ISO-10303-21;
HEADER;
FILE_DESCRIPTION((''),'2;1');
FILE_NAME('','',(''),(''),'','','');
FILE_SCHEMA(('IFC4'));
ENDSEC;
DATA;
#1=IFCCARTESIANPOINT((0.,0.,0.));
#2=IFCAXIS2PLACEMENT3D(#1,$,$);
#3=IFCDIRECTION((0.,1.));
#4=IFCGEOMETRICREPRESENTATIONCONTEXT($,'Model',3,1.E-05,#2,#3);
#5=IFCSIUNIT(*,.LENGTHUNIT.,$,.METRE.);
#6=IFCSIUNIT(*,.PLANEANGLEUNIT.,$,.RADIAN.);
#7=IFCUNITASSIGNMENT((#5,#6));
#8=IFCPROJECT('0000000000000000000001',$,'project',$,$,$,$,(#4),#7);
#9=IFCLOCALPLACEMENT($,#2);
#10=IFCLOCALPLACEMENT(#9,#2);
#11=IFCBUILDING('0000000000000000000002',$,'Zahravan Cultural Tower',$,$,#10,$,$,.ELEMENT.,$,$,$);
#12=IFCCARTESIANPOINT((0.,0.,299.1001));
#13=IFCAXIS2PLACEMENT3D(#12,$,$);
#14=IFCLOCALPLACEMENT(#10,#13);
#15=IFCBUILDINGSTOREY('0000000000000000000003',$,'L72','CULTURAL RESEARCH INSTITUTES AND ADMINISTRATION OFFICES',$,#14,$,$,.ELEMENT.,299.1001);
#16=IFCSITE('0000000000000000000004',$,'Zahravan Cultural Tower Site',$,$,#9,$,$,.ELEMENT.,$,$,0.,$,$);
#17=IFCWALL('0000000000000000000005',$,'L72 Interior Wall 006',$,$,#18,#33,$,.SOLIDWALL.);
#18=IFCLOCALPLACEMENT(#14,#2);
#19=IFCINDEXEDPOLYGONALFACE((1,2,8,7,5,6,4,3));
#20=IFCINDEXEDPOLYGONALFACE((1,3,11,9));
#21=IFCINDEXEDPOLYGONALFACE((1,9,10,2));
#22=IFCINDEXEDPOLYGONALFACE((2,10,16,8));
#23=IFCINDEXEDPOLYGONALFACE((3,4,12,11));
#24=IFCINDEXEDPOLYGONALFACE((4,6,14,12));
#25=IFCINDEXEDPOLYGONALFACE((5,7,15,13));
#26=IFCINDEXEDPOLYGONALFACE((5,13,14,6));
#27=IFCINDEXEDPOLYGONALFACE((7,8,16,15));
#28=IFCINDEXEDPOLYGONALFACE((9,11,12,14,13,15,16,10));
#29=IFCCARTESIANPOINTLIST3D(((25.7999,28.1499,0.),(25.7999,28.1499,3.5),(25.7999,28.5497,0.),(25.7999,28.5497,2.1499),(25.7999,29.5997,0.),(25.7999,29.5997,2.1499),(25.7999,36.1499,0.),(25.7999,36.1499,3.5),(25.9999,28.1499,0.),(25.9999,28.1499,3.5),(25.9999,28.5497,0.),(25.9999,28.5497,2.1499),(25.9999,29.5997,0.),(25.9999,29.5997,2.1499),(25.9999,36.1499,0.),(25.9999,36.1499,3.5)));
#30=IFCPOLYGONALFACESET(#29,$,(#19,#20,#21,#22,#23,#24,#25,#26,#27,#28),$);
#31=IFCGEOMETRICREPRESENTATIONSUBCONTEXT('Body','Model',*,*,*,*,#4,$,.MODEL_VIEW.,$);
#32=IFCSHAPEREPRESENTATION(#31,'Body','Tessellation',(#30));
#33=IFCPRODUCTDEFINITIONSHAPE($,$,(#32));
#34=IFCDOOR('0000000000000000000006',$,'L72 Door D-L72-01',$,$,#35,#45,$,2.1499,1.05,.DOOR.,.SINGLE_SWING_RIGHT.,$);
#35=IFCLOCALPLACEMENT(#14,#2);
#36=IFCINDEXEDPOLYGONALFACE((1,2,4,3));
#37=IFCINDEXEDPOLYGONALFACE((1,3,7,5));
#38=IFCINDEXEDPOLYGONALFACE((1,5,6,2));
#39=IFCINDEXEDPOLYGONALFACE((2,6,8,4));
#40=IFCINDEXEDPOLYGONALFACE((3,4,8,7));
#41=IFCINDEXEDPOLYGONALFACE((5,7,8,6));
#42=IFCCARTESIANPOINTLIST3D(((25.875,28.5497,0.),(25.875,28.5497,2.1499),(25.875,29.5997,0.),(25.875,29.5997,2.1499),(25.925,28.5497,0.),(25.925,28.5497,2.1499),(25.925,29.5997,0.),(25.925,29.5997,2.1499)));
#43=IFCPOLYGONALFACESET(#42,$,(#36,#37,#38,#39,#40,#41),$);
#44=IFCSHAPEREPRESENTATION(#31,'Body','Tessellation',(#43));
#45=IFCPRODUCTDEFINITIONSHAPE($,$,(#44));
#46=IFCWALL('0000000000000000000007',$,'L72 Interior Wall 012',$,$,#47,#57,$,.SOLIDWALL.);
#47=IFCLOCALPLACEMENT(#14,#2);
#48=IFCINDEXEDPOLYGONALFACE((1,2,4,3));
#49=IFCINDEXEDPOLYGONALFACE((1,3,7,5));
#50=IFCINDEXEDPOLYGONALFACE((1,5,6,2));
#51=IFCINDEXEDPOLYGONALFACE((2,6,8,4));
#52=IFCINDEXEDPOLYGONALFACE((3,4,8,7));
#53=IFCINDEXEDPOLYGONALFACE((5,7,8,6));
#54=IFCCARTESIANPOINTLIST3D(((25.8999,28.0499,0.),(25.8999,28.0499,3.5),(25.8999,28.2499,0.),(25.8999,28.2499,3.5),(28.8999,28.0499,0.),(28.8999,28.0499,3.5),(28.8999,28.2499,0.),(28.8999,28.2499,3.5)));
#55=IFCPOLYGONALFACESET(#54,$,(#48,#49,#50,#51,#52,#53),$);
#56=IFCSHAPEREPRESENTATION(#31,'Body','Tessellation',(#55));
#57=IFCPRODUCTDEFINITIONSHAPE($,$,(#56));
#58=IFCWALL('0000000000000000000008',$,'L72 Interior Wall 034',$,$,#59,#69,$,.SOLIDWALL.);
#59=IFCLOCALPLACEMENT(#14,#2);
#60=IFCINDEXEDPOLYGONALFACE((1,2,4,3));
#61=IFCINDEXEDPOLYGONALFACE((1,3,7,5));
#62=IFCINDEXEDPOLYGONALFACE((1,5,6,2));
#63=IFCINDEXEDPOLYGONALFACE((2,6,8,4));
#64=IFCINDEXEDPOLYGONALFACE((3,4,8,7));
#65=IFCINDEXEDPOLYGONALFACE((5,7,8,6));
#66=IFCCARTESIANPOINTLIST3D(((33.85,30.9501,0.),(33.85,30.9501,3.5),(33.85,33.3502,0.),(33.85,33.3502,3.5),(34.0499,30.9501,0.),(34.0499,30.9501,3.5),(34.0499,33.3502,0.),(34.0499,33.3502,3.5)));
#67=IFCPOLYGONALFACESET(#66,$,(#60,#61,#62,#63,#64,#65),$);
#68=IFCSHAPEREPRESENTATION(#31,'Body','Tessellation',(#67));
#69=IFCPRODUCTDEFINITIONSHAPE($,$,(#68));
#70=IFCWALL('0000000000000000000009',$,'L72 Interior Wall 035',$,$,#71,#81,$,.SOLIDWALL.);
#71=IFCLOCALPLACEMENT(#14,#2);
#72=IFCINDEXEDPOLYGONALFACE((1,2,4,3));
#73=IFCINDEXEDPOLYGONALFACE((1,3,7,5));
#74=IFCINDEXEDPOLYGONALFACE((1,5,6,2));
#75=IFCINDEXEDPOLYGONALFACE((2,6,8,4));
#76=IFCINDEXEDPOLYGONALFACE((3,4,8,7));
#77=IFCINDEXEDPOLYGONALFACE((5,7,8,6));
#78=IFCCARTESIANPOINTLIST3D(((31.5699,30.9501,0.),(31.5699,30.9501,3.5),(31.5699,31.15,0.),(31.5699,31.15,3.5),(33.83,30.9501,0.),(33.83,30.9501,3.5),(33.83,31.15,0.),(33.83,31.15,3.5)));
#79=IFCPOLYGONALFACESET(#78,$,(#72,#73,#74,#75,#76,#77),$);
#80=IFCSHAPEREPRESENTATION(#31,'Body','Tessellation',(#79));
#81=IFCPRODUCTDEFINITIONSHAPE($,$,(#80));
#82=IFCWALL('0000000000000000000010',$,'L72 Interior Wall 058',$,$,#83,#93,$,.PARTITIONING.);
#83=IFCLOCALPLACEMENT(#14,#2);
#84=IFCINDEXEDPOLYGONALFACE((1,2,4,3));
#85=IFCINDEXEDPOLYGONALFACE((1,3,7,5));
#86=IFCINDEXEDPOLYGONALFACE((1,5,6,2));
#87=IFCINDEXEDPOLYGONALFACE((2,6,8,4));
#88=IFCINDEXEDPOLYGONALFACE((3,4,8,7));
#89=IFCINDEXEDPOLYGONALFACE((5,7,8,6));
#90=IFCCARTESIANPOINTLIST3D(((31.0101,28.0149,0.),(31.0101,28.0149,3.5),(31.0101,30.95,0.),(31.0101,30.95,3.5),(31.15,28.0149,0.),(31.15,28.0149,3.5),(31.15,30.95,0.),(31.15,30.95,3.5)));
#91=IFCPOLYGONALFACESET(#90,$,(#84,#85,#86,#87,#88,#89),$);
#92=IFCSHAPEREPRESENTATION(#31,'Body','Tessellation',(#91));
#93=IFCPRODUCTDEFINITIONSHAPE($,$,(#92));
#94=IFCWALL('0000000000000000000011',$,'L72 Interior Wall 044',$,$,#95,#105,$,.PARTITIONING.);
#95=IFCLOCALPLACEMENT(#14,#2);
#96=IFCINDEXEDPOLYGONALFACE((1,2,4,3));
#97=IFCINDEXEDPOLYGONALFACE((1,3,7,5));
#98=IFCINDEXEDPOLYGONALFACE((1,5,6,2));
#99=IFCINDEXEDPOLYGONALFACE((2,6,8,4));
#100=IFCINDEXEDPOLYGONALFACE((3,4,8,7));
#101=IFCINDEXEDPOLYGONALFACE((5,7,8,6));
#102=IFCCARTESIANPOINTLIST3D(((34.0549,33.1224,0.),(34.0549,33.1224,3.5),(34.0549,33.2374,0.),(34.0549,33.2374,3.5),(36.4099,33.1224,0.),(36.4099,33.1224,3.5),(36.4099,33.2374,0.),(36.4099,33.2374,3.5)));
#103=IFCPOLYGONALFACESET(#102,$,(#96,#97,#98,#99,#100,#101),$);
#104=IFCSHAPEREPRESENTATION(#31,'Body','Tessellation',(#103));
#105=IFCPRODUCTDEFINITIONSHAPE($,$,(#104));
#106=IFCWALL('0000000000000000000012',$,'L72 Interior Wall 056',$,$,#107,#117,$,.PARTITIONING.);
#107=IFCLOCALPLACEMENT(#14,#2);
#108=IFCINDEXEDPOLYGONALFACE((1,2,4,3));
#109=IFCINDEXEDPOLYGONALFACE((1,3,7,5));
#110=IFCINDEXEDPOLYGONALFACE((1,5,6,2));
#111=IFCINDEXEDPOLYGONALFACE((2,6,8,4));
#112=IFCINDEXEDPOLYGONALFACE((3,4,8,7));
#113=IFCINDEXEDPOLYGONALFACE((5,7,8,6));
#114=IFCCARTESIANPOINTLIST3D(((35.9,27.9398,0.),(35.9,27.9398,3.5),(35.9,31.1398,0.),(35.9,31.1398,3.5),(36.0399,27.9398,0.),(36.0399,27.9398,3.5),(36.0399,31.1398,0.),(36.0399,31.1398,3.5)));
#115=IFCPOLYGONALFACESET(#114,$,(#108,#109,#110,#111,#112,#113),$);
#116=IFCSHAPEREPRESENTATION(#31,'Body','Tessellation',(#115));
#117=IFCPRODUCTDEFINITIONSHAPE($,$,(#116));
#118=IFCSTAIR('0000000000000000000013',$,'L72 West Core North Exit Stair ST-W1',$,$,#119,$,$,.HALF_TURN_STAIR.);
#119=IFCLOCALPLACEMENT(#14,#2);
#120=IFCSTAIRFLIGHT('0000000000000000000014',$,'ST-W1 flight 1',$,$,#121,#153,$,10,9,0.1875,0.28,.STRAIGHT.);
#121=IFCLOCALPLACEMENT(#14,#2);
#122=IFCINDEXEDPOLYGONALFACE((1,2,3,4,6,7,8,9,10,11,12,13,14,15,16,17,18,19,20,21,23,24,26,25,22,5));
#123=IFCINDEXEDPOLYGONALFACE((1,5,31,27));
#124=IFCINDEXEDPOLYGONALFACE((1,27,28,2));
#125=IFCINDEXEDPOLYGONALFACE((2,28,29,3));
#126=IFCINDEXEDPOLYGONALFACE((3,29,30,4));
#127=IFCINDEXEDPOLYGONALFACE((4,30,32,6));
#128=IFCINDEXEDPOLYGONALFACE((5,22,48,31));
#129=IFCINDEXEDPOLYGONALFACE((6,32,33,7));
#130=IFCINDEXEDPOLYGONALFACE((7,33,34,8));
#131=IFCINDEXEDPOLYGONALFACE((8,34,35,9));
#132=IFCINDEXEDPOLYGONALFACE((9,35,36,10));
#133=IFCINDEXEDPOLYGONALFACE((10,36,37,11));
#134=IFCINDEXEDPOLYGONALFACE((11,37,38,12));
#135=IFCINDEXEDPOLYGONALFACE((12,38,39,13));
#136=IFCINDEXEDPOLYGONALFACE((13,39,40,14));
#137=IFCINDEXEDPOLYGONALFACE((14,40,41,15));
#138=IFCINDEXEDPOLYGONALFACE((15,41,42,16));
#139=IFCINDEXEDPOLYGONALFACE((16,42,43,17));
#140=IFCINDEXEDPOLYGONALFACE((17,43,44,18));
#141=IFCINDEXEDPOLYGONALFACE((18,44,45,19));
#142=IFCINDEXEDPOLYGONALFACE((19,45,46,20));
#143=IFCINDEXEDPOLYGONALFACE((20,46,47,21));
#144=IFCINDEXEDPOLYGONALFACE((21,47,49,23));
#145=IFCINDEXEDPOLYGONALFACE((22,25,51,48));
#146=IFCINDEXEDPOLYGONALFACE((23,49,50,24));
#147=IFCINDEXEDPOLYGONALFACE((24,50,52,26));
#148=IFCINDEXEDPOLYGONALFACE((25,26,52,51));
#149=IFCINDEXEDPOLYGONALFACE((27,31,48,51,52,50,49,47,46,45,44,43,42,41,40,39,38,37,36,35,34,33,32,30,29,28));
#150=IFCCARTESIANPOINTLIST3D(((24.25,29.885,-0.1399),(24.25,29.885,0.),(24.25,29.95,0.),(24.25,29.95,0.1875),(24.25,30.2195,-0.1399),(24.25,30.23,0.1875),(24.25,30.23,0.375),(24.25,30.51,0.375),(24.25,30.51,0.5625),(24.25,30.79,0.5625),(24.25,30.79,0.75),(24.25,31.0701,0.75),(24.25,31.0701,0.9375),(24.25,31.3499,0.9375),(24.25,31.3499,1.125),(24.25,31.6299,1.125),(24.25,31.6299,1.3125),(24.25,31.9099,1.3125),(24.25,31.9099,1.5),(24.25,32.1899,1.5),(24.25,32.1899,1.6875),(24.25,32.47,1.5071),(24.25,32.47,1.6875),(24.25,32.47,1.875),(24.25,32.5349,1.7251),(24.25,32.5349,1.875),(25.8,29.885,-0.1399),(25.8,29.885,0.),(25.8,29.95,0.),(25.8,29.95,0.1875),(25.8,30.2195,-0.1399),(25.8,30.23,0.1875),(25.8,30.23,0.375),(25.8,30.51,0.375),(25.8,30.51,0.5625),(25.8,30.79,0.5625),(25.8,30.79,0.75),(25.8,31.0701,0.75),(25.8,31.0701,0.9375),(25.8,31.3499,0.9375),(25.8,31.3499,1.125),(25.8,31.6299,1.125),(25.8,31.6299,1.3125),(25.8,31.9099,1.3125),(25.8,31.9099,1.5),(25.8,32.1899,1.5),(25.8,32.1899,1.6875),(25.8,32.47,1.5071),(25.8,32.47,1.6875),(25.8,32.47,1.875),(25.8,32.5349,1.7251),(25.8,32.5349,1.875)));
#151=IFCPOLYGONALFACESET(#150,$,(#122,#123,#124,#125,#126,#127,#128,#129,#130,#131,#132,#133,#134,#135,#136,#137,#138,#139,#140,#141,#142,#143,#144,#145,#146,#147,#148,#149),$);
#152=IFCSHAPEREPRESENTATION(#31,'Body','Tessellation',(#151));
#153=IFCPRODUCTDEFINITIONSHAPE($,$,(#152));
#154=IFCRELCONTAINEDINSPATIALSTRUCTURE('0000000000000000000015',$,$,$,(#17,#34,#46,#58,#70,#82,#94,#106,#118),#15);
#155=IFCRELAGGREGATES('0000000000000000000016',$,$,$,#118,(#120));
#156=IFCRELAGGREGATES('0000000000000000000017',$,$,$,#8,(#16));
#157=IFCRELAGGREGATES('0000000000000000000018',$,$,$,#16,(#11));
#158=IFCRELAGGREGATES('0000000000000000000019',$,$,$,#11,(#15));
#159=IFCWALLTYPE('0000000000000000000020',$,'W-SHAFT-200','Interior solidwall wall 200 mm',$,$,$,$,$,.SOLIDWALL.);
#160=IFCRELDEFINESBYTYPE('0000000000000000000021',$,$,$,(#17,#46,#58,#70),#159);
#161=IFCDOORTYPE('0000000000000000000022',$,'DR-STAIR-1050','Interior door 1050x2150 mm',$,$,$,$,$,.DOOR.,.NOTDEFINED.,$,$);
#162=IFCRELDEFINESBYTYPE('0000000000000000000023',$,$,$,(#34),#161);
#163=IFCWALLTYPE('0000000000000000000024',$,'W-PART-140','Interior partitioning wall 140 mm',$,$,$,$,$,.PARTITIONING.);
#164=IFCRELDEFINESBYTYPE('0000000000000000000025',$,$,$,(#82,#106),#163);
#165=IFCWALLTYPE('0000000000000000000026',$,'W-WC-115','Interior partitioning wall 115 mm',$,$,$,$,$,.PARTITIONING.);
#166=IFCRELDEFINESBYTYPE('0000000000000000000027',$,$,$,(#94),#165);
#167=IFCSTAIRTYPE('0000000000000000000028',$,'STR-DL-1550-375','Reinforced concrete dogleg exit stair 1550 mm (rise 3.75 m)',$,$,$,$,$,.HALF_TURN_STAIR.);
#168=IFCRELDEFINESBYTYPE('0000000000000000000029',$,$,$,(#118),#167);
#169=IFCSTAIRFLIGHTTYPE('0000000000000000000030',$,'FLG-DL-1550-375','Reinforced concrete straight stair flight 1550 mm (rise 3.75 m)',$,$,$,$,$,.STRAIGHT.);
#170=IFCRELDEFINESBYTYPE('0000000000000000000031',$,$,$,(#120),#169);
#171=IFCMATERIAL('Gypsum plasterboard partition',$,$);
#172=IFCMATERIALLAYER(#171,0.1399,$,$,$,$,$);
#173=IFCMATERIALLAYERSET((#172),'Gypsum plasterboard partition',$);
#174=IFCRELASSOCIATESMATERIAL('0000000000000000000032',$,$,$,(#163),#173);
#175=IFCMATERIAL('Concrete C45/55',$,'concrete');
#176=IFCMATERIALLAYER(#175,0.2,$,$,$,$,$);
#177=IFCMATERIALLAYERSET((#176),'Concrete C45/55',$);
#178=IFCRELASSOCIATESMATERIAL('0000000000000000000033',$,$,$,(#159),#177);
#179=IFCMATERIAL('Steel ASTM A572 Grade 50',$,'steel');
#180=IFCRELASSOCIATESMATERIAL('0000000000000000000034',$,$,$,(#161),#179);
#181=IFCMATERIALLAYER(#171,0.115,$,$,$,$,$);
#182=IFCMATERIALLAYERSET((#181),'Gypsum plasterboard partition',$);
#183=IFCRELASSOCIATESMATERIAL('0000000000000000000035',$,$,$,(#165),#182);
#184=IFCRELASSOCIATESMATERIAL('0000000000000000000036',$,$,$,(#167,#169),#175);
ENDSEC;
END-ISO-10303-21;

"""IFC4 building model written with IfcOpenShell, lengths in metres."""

from ifc_helpers import new_model, si_unit, direction, frame, frame_2d, origin, place, context, subcontext, project, spatial, polyline, rectangle, outline, extrude, source, transform, mapped, material, layer, layer_set, type_object, element, fill, aggregate, save


model = new_model("IFC4")

# Units and contexts
model_context = context("Model", 3, precision=1e-05, world=origin(), true_north=direction((0.0, 1.0)))
body_context = subcontext(model_context, "Body", "Model", "MODEL_VIEW")
ifc_project = project(units=[si_unit("LENGTHUNIT", "METRE"), si_unit("PLANEANGLEUNIT", "RADIAN")], contexts=[model_context])

# Site, building, storey
site_placement = place(None, origin())
site = spatial("IfcSite", under=ifc_project, at=site_placement, Name="Zahravan Cultural Tower Site", CompositionType="ELEMENT", RefElevation=0.0)
building_placement = place(site_placement, origin())
building = spatial("IfcBuilding", under=site, at=building_placement, Name="Zahravan Cultural Tower", CompositionType="ELEMENT")
storey_placement = place(building_placement, frame((0.0, 0.0, 299.1001)))
storey = spatial("IfcBuildingStorey", under=building, at=storey_placement, Name="L72", Description="CULTURAL RESEARCH INSTITUTES AND ADMINISTRATION OFFICES", CompositionType="ELEMENT", Elevation=299.1001)

# Wall, opening, door
ifc_material_1 = material(Name="Steel ASTM A572 Grade 50", Category="steel")
ifc_material_2 = material(Name="Gypsum plasterboard partition")
ifc_layer_1 = layer(ifc_material_2, 0.1399)
ifc_layer_set_1 = layer_set([ifc_layer_1], Name="Gypsum plasterboard partition")
wall_type_1 = type_object("IfcWallType", Name="W-PART-140", Description="Interior partitioning wall 140 mm", PredefinedType="PARTITIONING", material=ifc_layer_set_1)
ifc_material_3 = material(Name="Concrete C45/55", Category="concrete")
ifc_layer_2 = layer(ifc_material_3, 0.2)
ifc_layer_set_2 = layer_set([ifc_layer_2], Name="Concrete C45/55")
wall_type_2 = type_object("IfcWallType", Name="W-SHAFT-200", Description="Interior solidwall wall 200 mm", PredefinedType="SOLIDWALL", material=ifc_layer_set_2)
wall_1_placement = place(storey_placement, frame((25.8999, 28.1499, 0.0), z_axis=(0.0, 0.0, 1.0), x_axis=(0.0, 1.0, 0.0)))
wall_1 = element("IfcWall", 1, at=wall_1_placement, inside=storey, type_object=wall_type_2, Name="L72 Interior Wall 006", PredefinedType="SOLIDWALL", context=body_context, shape_type="SweptSolid", body=[
    extrude(rectangle(XDim=8.0, YDim=0.2, at=frame_2d((4.0, 0.0))), origin(), (0.0, 0.0, 1.0), 3.5),
])
opening_1_placement = place(wall_1_placement, frame((0.3999, 0.0, 0.0)))
opening_1 = element("IfcOpeningElement", 2, at=opening_1_placement, cuts=wall_1, PredefinedType="OPENING", context=body_context, shape_type="SweptSolid", body=[
    extrude(rectangle(XDim=1.05, YDim=2.1499, at=frame_2d((0.5249, 1.075))), frame((0.0, 0.1099, 0.0), z_axis=(0.0, -1.0, 0.0), x_axis=(1.0, 0.0, 0.0)), (0.0, 0.0, 1.0), 0.22),
])
door_type_1 = type_object("IfcDoorType", Name="DR-STAIR-1050", Description="Interior door 1050x2150 mm", OperationType="NOTDEFINED", PredefinedType="DOOR", material=ifc_material_1)
shared_shape_1 = source(origin(), body_context, "Body", "SweptSolid", [
    extrude(rectangle(XDim=1.05, YDim=2.1499, at=frame_2d((0.5249, 1.075))), frame((0.0, 0.0249, 0.0), z_axis=(0.0, -1.0, 0.0), x_axis=(1.0, 0.0, 0.0)), (0.0, 0.0, 1.0), 0.05),
])
door_1_placement = place(opening_1_placement, origin())
door_1 = element("IfcDoor", 3, at=door_1_placement, inside=storey, type_object=door_type_1, Name="L72 Door D-L72-01", OperationType="SINGLE_SWING_RIGHT", OverallHeight=2.1499, OverallWidth=1.05, PredefinedType="DOOR", context=body_context, shape_type="MappedRepresentation", body=[
    mapped(shared_shape_1, transform((0.0, 0.0, 0.0), x_axis=(1.0, 0.0, 0.0), y_axis=(0.0, 1.0, 0.0), z_axis=(0.0, 0.0, 1.0), scale=1.0)),
])
fill(opening_1, door_1)

# Walls
shared_shape_2 = source(origin(), body_context, "Body", "SweptSolid", [
    extrude(rectangle(XDim=3.0, YDim=0.2, at=frame_2d((1.5, 0.0))), origin(), (0.0, 0.0, 1.0), 3.5),
])
wall_2_placement = place(storey_placement, frame((25.8999, 28.1499, 0.0), z_axis=(0.0, 0.0, 1.0), x_axis=(1.0, 0.0, 0.0)))
element("IfcWall", 4, at=wall_2_placement, inside=storey, type_object=wall_type_2, Name="L72 Interior Wall 012", PredefinedType="SOLIDWALL", context=body_context, shape_type="MappedRepresentation", body=[
    mapped(shared_shape_2, transform((0.0, 0.0, 0.0), x_axis=(1.0, 0.0, 0.0), y_axis=(0.0, 1.0, 0.0), z_axis=(0.0, 0.0, 1.0), scale=1.0)),
])
shared_shape_3 = source(origin(), body_context, "Body", "SweptSolid", [
    extrude(rectangle(XDim=2.4001, YDim=0.2, at=frame_2d((1.2002, 0.0))), origin(), (0.0, 0.0, 1.0), 3.5),
])
wall_3_placement = place(storey_placement, frame((33.95, 30.95, 0.0), z_axis=(0.0, 0.0, 1.0), x_axis=(0.0, 1.0, 0.0)))
element("IfcWall", 5, at=wall_3_placement, inside=storey, type_object=wall_type_2, Name="L72 Interior Wall 034", PredefinedType="SOLIDWALL", context=body_context, shape_type="MappedRepresentation", body=[
    mapped(shared_shape_3, transform((0.0, 0.0, 0.0), x_axis=(1.0, 0.0, 0.0), y_axis=(0.0, 1.0, 0.0), z_axis=(0.0, 0.0, 1.0), scale=1.0)),
])
shared_shape_4 = source(origin(), body_context, "Body", "SweptSolid", [
    extrude(rectangle(XDim=2.26, YDim=0.2, at=frame_2d((1.1299, 0.0))), origin(), (0.0, 0.0, 1.0), 3.5),
])
wall_4_placement = place(storey_placement, frame((31.5701, 31.05, 0.0), z_axis=(0.0, 0.0, 1.0), x_axis=(1.0, 0.0, 0.0)))
element("IfcWall", 6, at=wall_4_placement, inside=storey, type_object=wall_type_2, Name="L72 Interior Wall 035", PredefinedType="SOLIDWALL", context=body_context, shape_type="MappedRepresentation", body=[
    mapped(shared_shape_4, transform((0.0, 0.0, 0.0), x_axis=(1.0, 0.0, 0.0), y_axis=(0.0, 1.0, 0.0), z_axis=(0.0, 0.0, 1.0), scale=1.0)),
])
shared_shape_5 = source(origin(), body_context, "Body", "SweptSolid", [
    extrude(rectangle(XDim=2.9351, YDim=0.1399, at=frame_2d((1.4675, 0.0))), origin(), (0.0, 0.0, 1.0), 3.5),
])
wall_5_placement = place(storey_placement, frame((31.0801, 28.0149, 0.0), z_axis=(0.0, 0.0, 1.0), x_axis=(0.0, 1.0, 0.0)))
element("IfcWall", 7, at=wall_5_placement, inside=storey, type_object=wall_type_1, Name="L72 Interior Wall 058", PredefinedType="PARTITIONING", context=body_context, shape_type="MappedRepresentation", body=[
    mapped(shared_shape_5, transform((0.0, 0.0, 0.0), x_axis=(1.0, 0.0, 0.0), y_axis=(0.0, 1.0, 0.0), z_axis=(0.0, 0.0, 1.0), scale=1.0)),
])
ifc_layer_3 = layer(ifc_material_2, 0.115)
ifc_layer_set_3 = layer_set([ifc_layer_3], Name="Gypsum plasterboard partition")
wall_type_3 = type_object("IfcWallType", Name="W-WC-115", Description="Interior partitioning wall 115 mm", PredefinedType="PARTITIONING", material=ifc_layer_set_3)
shared_shape_6 = source(origin(), body_context, "Body", "SweptSolid", [
    extrude(rectangle(XDim=2.355, YDim=0.115, at=frame_2d((1.1775, 0.0))), origin(), (0.0, 0.0, 1.0), 3.5),
])
wall_6_placement = place(storey_placement, frame((34.0549, 33.1799, 0.0), z_axis=(0.0, 0.0, 1.0), x_axis=(1.0, 0.0, 0.0)))
element("IfcWall", 8, at=wall_6_placement, inside=storey, type_object=wall_type_3, Name="L72 Interior Wall 044", PredefinedType="PARTITIONING", context=body_context, shape_type="MappedRepresentation", body=[
    mapped(shared_shape_6, transform((0.0, 0.0, 0.0), x_axis=(1.0, 0.0, 0.0), y_axis=(0.0, 1.0, 0.0), z_axis=(0.0, 0.0, 1.0), scale=1.0)),
])
shared_shape_7 = source(origin(), body_context, "Body", "SweptSolid", [
    extrude(rectangle(XDim=3.2, YDim=0.1399, at=frame_2d((1.6001, 0.0))), origin(), (0.0, 0.0, 1.0), 3.5),
])
wall_7_placement = place(storey_placement, frame((35.97, 31.1399, 0.0), z_axis=(0.0, 0.0, 1.0), x_axis=(0.0, -1.0, 0.0)))
element("IfcWall", 9, at=wall_7_placement, inside=storey, type_object=wall_type_1, Name="L72 Interior Wall 056", PredefinedType="PARTITIONING", context=body_context, shape_type="MappedRepresentation", body=[
    mapped(shared_shape_7, transform((0.0, 0.0, 0.0), x_axis=(1.0, 0.0, 0.0), y_axis=(0.0, 1.0, 0.0), z_axis=(0.0, 0.0, 1.0), scale=1.0)),
])

# Stair, stair flight
stair_type = type_object("IfcStairType", Name="STR-DL-1550-375", Description="Reinforced concrete dogleg exit stair 1550 mm (rise 3.75 m)", PredefinedType="HALF_TURN_STAIR", material=ifc_material_3)
stair_placement = place(storey_placement, origin())
stair = element("IfcStair", 10, at=stair_placement, inside=storey, type_object=stair_type, Name="L72 West Core North Exit Stair ST-W1", PredefinedType="HALF_TURN_STAIR")
stair_flight_type = type_object("IfcStairFlightType", Name="FLG-DL-1550-375", Description="Reinforced concrete straight stair flight 1550 mm (rise 3.75 m)", PredefinedType="STRAIGHT", material=ifc_material_3)
stair_flight_placement = place(storey_placement, frame((25.0249, 29.95, 0.0), z_axis=(0.0, 0.0, 1.0), x_axis=(0.0, 1.0, 0.0)))
stair_flight = element("IfcStairFlight", 11, at=stair_flight_placement, type_object=stair_flight_type, Name="ST-W1 flight 1", NumberOfRisers=10, NumberOfTreads=9, PredefinedType="STRAIGHT", RiserHeight=0.1875, TreadLength=0.28, context=body_context, shape_type="SweptSolid", body=[
    extrude(outline(polyline([(-0.0649, -0.1399), (-0.0649, 0.0), (0.0, 0.0), (0.0, 0.1875), (0.28, 0.1875), (0.28, 0.375), (0.5601, 0.375), (0.5601, 0.5625), (0.8401, 0.5625), (0.8401, 0.75), (1.1201, 0.75), (1.1201, 0.9375), (1.3999, 0.9375), (1.3999, 1.125), (1.6799, 1.125), (1.6799, 1.3125), (1.96, 1.3125), (1.96, 1.5), (2.24, 1.5), (2.24, 1.6875), (2.52, 1.6875), (2.52, 1.875), (2.585, 1.875), (2.585, 1.7251), (2.52, 1.5071), (0.2695, -0.1399), (-0.0649, -0.1399)])), frame((0.0, 0.7749, 0.0), z_axis=(0.0, -1.0, 0.0), x_axis=(1.0, 0.0, 0.0)), (0.0, 0.0, 1.0), 1.55),
])
aggregate(stair, [stair_flight])

save(model, "model.ifc")
